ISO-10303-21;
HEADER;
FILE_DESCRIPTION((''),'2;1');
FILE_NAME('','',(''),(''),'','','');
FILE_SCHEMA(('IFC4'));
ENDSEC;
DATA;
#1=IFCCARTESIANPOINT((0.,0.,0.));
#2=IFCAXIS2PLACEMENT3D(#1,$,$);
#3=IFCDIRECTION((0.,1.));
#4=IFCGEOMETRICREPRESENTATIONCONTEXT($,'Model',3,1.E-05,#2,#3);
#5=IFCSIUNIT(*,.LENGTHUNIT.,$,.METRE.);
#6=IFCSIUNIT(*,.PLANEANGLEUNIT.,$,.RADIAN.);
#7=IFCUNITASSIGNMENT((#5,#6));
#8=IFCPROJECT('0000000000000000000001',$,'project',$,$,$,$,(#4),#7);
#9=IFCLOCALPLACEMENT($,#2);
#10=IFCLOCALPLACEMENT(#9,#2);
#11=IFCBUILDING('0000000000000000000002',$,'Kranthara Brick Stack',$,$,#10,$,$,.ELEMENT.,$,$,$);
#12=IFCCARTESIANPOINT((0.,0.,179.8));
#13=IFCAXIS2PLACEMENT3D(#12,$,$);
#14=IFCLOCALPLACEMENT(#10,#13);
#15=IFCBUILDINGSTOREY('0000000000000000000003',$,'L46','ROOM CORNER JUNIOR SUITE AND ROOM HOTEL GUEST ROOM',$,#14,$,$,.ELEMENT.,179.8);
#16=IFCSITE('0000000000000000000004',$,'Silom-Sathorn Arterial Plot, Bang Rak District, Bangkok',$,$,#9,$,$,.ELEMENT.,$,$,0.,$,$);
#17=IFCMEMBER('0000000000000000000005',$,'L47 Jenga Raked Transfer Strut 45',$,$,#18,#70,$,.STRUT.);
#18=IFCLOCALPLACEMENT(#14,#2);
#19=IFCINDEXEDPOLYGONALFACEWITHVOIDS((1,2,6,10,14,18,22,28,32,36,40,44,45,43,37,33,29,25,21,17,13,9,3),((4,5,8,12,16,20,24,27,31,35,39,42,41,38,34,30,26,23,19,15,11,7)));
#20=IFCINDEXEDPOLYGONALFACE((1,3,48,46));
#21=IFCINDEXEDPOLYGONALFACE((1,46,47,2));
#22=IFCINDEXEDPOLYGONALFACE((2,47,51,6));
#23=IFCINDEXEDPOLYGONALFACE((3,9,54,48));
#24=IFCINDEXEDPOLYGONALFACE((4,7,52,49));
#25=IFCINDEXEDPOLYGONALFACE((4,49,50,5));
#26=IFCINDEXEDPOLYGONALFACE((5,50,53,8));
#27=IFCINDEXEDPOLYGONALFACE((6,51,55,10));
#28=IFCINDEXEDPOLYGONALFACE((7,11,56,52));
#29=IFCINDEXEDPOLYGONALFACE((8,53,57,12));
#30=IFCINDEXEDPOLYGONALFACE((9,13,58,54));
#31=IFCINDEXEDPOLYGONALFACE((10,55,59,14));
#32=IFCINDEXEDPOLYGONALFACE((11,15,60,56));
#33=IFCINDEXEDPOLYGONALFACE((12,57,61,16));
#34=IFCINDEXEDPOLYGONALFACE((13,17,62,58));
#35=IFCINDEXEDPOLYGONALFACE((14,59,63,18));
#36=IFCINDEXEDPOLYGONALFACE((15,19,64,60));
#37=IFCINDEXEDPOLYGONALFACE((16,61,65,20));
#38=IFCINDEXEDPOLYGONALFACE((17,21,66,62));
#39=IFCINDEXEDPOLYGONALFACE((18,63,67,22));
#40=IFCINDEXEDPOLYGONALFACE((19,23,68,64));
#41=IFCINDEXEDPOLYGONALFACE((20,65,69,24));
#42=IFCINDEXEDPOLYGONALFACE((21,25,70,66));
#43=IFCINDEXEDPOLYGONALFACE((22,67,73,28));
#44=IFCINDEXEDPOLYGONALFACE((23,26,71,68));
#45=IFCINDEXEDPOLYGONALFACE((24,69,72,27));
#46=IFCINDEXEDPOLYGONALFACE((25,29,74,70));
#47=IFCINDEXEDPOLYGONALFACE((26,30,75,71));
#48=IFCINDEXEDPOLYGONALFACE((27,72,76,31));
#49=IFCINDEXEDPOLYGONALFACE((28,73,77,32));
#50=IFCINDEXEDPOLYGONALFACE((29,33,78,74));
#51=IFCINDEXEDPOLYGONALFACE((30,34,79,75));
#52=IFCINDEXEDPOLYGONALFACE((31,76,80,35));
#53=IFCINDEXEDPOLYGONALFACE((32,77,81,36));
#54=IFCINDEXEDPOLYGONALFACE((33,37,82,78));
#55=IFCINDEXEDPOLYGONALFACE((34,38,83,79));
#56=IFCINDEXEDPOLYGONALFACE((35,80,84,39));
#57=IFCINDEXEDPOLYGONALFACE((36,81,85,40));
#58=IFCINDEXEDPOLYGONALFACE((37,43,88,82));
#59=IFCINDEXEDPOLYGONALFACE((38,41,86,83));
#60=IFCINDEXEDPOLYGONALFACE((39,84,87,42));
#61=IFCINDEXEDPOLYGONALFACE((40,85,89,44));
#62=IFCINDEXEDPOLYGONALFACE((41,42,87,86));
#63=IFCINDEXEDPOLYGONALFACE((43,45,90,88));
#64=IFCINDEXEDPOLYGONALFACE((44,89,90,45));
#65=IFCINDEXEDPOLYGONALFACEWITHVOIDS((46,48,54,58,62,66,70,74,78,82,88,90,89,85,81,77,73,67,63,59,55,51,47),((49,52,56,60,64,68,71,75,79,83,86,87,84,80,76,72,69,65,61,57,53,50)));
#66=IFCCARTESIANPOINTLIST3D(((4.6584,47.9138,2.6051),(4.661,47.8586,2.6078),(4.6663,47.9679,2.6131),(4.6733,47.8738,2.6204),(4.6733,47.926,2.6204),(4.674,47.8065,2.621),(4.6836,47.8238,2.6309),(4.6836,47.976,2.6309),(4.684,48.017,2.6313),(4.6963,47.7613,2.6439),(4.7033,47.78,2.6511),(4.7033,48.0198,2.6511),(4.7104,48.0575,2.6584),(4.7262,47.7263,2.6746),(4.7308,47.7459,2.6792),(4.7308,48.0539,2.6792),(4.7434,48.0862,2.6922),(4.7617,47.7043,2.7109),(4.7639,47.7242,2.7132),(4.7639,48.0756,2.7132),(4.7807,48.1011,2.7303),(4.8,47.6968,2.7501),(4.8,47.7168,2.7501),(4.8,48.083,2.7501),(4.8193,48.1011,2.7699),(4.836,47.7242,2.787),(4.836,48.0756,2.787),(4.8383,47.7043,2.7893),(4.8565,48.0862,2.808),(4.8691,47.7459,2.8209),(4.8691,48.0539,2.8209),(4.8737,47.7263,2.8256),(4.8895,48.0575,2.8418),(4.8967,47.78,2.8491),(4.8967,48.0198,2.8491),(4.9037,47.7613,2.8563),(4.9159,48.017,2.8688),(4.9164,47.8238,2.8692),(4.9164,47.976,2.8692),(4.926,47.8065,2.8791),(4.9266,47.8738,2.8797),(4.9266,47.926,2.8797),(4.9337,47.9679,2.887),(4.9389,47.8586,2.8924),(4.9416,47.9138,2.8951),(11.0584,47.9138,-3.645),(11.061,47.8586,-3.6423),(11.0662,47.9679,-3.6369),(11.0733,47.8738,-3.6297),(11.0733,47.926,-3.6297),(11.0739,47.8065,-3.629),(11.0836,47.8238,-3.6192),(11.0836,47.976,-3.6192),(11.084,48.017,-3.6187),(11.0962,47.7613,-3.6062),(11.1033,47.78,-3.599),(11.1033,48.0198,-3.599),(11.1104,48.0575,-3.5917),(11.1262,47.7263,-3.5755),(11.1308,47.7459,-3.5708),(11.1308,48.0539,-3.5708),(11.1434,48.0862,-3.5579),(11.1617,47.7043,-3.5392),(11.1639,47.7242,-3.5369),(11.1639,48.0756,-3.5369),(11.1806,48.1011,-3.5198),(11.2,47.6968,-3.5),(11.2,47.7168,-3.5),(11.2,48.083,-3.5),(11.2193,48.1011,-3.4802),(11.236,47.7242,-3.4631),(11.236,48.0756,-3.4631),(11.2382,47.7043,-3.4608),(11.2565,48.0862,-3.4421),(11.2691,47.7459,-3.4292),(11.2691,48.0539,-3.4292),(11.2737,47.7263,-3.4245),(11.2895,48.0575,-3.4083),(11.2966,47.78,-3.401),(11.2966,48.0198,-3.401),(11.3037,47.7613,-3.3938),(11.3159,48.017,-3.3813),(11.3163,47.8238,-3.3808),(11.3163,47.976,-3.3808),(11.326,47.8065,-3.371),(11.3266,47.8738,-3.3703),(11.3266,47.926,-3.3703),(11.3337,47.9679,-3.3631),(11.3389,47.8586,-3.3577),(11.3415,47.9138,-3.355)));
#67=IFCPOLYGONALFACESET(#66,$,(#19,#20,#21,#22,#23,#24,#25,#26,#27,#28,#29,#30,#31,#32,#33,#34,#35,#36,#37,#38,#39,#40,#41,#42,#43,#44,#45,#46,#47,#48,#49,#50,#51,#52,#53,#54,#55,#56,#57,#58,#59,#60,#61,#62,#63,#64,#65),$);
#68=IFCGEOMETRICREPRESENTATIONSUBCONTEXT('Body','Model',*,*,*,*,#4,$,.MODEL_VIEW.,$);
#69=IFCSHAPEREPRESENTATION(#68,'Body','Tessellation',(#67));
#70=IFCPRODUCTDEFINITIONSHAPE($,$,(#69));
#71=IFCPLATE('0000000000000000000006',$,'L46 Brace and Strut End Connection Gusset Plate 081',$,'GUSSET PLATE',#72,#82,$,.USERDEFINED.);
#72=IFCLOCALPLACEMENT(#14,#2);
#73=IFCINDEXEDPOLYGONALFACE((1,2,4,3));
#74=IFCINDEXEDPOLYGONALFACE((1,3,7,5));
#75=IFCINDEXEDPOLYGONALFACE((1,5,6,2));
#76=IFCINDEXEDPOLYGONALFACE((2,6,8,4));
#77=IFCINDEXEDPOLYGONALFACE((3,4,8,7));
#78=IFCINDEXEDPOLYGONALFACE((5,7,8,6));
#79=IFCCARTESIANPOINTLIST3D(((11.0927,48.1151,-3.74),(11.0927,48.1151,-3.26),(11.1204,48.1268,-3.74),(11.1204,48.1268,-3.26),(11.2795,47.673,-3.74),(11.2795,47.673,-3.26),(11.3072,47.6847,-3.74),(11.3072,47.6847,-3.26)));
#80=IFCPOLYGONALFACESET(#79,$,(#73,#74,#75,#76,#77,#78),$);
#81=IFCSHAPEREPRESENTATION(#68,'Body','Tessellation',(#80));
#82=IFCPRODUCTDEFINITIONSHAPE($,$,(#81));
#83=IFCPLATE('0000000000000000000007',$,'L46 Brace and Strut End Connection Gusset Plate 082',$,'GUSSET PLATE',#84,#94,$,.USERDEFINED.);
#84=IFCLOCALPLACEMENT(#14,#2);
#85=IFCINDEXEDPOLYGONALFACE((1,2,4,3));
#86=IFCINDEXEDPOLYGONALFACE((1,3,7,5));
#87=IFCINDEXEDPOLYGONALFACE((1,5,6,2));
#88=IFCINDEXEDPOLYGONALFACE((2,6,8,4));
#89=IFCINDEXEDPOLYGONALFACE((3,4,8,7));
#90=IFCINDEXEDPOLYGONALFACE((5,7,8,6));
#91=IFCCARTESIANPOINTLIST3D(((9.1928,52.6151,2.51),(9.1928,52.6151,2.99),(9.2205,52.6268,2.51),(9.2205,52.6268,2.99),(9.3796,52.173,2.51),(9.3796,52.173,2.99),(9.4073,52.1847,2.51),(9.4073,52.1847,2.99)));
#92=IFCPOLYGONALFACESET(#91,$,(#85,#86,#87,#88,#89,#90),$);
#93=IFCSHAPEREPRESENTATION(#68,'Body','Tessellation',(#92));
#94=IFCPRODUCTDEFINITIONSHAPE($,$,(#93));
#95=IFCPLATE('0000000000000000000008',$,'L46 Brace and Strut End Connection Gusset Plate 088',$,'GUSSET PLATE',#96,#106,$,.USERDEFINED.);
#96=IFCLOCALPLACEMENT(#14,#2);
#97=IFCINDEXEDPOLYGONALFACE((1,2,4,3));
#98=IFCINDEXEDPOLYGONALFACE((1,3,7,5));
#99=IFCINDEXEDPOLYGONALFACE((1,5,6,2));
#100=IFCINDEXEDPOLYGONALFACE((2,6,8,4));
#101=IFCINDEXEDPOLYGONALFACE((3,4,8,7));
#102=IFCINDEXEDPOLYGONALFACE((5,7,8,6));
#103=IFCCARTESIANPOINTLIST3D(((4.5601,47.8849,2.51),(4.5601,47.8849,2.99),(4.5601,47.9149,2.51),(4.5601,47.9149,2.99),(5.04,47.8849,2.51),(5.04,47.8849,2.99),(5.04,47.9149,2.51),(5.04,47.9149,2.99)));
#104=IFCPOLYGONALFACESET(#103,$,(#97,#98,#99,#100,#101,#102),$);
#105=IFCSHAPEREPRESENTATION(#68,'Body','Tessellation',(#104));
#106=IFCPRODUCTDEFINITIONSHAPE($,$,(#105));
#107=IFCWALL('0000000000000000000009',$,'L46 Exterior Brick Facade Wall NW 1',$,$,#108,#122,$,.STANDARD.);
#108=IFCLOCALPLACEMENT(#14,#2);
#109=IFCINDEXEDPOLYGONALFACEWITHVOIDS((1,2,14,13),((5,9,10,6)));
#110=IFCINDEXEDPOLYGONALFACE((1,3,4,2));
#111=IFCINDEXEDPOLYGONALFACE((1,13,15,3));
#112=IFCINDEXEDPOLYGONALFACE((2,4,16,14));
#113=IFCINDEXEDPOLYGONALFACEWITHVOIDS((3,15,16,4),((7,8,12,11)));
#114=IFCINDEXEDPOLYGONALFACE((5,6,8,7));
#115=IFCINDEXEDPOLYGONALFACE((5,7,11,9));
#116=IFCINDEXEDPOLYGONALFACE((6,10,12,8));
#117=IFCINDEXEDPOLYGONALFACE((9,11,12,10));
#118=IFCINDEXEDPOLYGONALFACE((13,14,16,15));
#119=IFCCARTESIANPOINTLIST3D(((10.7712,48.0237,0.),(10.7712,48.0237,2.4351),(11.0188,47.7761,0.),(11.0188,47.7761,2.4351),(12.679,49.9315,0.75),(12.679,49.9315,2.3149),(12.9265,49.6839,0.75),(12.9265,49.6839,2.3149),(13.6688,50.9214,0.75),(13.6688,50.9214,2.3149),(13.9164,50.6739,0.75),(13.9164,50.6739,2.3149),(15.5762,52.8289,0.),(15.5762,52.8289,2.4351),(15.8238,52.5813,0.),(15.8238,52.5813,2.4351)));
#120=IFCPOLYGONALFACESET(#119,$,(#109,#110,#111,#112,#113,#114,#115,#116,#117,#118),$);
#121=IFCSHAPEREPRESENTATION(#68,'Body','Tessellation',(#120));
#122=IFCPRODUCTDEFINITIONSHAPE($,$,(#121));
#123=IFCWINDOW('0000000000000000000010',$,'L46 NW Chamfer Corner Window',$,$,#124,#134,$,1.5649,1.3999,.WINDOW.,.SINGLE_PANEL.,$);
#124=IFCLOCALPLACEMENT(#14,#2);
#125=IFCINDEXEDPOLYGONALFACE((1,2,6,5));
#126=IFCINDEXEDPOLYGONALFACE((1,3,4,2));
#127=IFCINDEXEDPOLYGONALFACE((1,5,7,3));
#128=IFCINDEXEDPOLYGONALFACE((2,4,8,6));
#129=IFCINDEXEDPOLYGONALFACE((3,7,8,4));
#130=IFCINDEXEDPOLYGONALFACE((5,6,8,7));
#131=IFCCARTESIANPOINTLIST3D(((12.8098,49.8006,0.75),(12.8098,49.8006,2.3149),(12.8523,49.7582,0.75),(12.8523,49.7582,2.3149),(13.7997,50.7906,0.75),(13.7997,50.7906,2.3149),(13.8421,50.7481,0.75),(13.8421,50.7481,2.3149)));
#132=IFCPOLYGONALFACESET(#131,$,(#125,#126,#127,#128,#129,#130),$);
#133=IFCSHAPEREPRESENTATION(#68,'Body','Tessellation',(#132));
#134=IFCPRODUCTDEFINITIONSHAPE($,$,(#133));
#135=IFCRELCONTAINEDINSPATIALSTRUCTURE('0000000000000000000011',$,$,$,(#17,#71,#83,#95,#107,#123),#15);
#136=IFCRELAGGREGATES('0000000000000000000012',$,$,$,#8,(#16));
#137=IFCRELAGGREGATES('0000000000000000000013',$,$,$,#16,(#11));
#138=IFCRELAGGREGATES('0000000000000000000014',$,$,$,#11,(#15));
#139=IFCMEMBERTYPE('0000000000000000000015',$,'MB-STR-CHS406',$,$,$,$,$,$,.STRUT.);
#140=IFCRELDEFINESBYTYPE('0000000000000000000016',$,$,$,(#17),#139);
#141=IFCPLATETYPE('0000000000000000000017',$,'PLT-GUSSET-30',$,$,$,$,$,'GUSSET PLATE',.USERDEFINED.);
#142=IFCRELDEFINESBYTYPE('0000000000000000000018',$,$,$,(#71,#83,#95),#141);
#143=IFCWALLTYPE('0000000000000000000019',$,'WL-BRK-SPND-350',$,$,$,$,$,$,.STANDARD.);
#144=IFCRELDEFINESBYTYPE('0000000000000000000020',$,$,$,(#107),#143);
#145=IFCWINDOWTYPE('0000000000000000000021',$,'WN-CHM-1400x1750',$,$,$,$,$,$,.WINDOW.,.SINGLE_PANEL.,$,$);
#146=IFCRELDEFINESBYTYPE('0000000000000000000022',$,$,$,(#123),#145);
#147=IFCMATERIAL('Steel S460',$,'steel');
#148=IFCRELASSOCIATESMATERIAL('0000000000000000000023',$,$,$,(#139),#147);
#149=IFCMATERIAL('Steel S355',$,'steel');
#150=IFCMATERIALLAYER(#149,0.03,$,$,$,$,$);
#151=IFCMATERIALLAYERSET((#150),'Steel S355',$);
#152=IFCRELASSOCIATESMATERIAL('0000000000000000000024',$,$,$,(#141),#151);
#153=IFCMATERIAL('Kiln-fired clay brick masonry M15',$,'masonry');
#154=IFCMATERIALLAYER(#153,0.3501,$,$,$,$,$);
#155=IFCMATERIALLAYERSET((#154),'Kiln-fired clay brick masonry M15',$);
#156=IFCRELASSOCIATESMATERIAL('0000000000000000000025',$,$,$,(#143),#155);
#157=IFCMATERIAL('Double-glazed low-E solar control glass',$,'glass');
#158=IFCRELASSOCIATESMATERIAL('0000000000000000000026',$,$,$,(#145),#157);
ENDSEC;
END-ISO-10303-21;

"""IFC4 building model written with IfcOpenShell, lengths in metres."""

from ifc_helpers import new_model, si_unit, direction, frame, frame_2d, origin, origin_2d, place, context, subcontext, project, spatial, rectangle, hollow_circle, extrude, material, layer, layer_set, material_profile, profile_set, type_object, element, fill, save


model = new_model("IFC4")

# Units and contexts
model_context = context("Model", 3, precision=1e-05, world=origin(), true_north=direction((0.0, 1.0)))
body_context = subcontext(model_context, "Body", "Model", "MODEL_VIEW")
ifc_project = project(units=[si_unit("LENGTHUNIT", "METRE"), si_unit("PLANEANGLEUNIT", "RADIAN")], contexts=[model_context])

# Site, building, storey
site_placement = place(None, origin())
site = spatial("IfcSite", under=ifc_project, at=site_placement, Name="Silom-Sathorn Arterial Plot, Bang Rak District, Bangkok", CompositionType="ELEMENT", RefElevation=0.0)
building_placement = place(site_placement, origin())
building = spatial("IfcBuilding", under=site, at=building_placement, Name="Kranthara Brick Stack", CompositionType="ELEMENT")
storey_placement = place(building_placement, frame((0.0, 0.0, 179.8)))
storey = spatial("IfcBuildingStorey", under=building, at=storey_placement, Name="L46", Description="ROOM CORNER JUNIOR SUITE AND ROOM HOTEL GUEST ROOM", CompositionType="ELEMENT", Elevation=179.8)

# Member
ifc_material_1 = material(Name="Steel S460", Category="steel")
ifc_material_profile_1 = material_profile(ifc_material_1, hollow_circle(Radius=0.2031, WallThickness=0.02, at=origin_2d()), Name="CHS 406.4x20")
ifc_profile_set_1 = profile_set([ifc_material_profile_1], Name="Steel S460")
member_type = type_object("IfcMemberType", Name="MB-STR-CHS406", PredefinedType="STRUT", material=ifc_profile_set_1)
member_1_placement = place(storey_placement, frame((11.2, 47.8999, -3.5), z_axis=(-0.715436, 0.0, 0.698678), x_axis=(0.0, -1.0, 0.0)))
element("IfcMember", 1, at=member_1_placement, inside=storey, type_object=member_type, Name="L47 Jenga Raked Transfer Strut 45", PredefinedType="STRUT", context=body_context, shape_type="SweptSolid", body=[
    extrude(hollow_circle(Radius=0.2031, WallThickness=0.02, at=origin_2d()), origin(), (0.0, 0.0, 1.0), 8.9456),
])

# Plates
ifc_material_2 = material(Name="Steel S355", Category="steel")
ifc_layer_1 = layer(ifc_material_2, 0.03)
ifc_layer_set_1 = layer_set([ifc_layer_1], Name="Steel S355")
plate_type = type_object("IfcPlateType", Name="PLT-GUSSET-30", ElementType="GUSSET PLATE", PredefinedType="USERDEFINED", material=ifc_layer_set_1)
for number, where, z_axis, x_axis, name in (
    (2, (11.2, 47.8999, -3.74), (0.0, 0.0, 1.0), (-0.389124, 0.921185, 0.0), "L46 Brace and Strut End Connection Gusset Plate 081"),
    (3, (9.3, 52.3999, 2.51), (0.0, 0.0, 1.0), (-0.389124, 0.921185, 0.0), "L46 Brace and Strut End Connection Gusset Plate 082"),
    (4, (4.8, 47.8999, 2.51), (0.0, 0.0, 1.0), (1.0, 0.0, 0.0), "L46 Brace and Strut End Connection Gusset Plate 088"),
):
    element("IfcPlate", number, at=place(storey_placement, frame(where, z_axis=z_axis, x_axis=x_axis)), inside=storey, type_object=plate_type, Name=name, ObjectType="GUSSET PLATE", PredefinedType="USERDEFINED", context=body_context, shape_type="SweptSolid", body=[
        extrude(rectangle(XDim=0.48, YDim=0.03, at=origin_2d()), origin(), (0.0, 0.0, 1.0), 0.48),
    ])

# Wall, opening, window
ifc_material_3 = material(Name="Kiln-fired clay brick masonry M15", Category="masonry")
ifc_layer_2 = layer(ifc_material_3, 0.3501)
ifc_layer_set_2 = layer_set([ifc_layer_2], Name="Kiln-fired clay brick masonry M15")
wall_type_1 = type_object("IfcWallType", Name="WL-BRK-SPND-350", PredefinedType="STANDARD", material=ifc_layer_set_2)
wall_1_placement = place(storey_placement, frame((10.895, 47.8999, 0.0), z_axis=(0.0, 0.0, 1.0), x_axis=(0.707089, 0.707125, 0.0)))
wall_1 = element("IfcWall", 5, at=wall_1_placement, inside=storey, type_object=wall_type_1, Name="L46 Exterior Brick Facade Wall NW 1", PredefinedType="STANDARD", context=body_context, shape_type="SweptSolid", body=[
    extrude(rectangle(XDim=6.7954, YDim=0.3501, at=frame_2d((3.3977, 0.0))), origin(), (0.0, 0.0, 1.0), 2.4351),
])
opening_1_placement = place(wall_1_placement, frame((2.698, 0.0, 0.75)))
opening_1 = element("IfcOpeningElement", 6, at=opening_1_placement, cuts=wall_1, PredefinedType="OPENING", context=body_context, shape_type="SweptSolid", body=[
    extrude(rectangle(XDim=1.3999, YDim=1.5649, at=frame_2d((0.7, 0.7825))), frame((0.0, 0.1851, 0.0), z_axis=(0.0, -1.0, 0.0), x_axis=(1.0, 0.0, 0.0)), (0.0, 0.0, 1.0), 0.3701),
])
ifc_material_4 = material(Name="Double-glazed low-E solar control glass", Category="glass")
window_type_1 = type_object("IfcWindowType", Name="WN-CHM-1400x1750", PartitioningType="SINGLE_PANEL", PredefinedType="WINDOW", material=ifc_material_4)
window_1_placement = place(opening_1_placement, origin())
window_1 = element("IfcWindow", 7, at=window_1_placement, inside=storey, type_object=window_type_1, Name="L46 NW Chamfer Corner Window", OverallHeight=1.5649, OverallWidth=1.3999, PartitioningType="SINGLE_PANEL", PredefinedType="WINDOW", context=body_context, shape_type="SweptSolid", body=[
    extrude(rectangle(XDim=1.3999, YDim=1.5649, at=frame_2d((0.7, 0.7825))), frame((0.0, -0.01, 0.0), z_axis=(0.0, -1.0, 0.0), x_axis=(1.0, 0.0, 0.0)), (0.0, 0.0, 1.0), 0.0601),
])
fill(opening_1, window_1)

save(model, "model.ifc")
